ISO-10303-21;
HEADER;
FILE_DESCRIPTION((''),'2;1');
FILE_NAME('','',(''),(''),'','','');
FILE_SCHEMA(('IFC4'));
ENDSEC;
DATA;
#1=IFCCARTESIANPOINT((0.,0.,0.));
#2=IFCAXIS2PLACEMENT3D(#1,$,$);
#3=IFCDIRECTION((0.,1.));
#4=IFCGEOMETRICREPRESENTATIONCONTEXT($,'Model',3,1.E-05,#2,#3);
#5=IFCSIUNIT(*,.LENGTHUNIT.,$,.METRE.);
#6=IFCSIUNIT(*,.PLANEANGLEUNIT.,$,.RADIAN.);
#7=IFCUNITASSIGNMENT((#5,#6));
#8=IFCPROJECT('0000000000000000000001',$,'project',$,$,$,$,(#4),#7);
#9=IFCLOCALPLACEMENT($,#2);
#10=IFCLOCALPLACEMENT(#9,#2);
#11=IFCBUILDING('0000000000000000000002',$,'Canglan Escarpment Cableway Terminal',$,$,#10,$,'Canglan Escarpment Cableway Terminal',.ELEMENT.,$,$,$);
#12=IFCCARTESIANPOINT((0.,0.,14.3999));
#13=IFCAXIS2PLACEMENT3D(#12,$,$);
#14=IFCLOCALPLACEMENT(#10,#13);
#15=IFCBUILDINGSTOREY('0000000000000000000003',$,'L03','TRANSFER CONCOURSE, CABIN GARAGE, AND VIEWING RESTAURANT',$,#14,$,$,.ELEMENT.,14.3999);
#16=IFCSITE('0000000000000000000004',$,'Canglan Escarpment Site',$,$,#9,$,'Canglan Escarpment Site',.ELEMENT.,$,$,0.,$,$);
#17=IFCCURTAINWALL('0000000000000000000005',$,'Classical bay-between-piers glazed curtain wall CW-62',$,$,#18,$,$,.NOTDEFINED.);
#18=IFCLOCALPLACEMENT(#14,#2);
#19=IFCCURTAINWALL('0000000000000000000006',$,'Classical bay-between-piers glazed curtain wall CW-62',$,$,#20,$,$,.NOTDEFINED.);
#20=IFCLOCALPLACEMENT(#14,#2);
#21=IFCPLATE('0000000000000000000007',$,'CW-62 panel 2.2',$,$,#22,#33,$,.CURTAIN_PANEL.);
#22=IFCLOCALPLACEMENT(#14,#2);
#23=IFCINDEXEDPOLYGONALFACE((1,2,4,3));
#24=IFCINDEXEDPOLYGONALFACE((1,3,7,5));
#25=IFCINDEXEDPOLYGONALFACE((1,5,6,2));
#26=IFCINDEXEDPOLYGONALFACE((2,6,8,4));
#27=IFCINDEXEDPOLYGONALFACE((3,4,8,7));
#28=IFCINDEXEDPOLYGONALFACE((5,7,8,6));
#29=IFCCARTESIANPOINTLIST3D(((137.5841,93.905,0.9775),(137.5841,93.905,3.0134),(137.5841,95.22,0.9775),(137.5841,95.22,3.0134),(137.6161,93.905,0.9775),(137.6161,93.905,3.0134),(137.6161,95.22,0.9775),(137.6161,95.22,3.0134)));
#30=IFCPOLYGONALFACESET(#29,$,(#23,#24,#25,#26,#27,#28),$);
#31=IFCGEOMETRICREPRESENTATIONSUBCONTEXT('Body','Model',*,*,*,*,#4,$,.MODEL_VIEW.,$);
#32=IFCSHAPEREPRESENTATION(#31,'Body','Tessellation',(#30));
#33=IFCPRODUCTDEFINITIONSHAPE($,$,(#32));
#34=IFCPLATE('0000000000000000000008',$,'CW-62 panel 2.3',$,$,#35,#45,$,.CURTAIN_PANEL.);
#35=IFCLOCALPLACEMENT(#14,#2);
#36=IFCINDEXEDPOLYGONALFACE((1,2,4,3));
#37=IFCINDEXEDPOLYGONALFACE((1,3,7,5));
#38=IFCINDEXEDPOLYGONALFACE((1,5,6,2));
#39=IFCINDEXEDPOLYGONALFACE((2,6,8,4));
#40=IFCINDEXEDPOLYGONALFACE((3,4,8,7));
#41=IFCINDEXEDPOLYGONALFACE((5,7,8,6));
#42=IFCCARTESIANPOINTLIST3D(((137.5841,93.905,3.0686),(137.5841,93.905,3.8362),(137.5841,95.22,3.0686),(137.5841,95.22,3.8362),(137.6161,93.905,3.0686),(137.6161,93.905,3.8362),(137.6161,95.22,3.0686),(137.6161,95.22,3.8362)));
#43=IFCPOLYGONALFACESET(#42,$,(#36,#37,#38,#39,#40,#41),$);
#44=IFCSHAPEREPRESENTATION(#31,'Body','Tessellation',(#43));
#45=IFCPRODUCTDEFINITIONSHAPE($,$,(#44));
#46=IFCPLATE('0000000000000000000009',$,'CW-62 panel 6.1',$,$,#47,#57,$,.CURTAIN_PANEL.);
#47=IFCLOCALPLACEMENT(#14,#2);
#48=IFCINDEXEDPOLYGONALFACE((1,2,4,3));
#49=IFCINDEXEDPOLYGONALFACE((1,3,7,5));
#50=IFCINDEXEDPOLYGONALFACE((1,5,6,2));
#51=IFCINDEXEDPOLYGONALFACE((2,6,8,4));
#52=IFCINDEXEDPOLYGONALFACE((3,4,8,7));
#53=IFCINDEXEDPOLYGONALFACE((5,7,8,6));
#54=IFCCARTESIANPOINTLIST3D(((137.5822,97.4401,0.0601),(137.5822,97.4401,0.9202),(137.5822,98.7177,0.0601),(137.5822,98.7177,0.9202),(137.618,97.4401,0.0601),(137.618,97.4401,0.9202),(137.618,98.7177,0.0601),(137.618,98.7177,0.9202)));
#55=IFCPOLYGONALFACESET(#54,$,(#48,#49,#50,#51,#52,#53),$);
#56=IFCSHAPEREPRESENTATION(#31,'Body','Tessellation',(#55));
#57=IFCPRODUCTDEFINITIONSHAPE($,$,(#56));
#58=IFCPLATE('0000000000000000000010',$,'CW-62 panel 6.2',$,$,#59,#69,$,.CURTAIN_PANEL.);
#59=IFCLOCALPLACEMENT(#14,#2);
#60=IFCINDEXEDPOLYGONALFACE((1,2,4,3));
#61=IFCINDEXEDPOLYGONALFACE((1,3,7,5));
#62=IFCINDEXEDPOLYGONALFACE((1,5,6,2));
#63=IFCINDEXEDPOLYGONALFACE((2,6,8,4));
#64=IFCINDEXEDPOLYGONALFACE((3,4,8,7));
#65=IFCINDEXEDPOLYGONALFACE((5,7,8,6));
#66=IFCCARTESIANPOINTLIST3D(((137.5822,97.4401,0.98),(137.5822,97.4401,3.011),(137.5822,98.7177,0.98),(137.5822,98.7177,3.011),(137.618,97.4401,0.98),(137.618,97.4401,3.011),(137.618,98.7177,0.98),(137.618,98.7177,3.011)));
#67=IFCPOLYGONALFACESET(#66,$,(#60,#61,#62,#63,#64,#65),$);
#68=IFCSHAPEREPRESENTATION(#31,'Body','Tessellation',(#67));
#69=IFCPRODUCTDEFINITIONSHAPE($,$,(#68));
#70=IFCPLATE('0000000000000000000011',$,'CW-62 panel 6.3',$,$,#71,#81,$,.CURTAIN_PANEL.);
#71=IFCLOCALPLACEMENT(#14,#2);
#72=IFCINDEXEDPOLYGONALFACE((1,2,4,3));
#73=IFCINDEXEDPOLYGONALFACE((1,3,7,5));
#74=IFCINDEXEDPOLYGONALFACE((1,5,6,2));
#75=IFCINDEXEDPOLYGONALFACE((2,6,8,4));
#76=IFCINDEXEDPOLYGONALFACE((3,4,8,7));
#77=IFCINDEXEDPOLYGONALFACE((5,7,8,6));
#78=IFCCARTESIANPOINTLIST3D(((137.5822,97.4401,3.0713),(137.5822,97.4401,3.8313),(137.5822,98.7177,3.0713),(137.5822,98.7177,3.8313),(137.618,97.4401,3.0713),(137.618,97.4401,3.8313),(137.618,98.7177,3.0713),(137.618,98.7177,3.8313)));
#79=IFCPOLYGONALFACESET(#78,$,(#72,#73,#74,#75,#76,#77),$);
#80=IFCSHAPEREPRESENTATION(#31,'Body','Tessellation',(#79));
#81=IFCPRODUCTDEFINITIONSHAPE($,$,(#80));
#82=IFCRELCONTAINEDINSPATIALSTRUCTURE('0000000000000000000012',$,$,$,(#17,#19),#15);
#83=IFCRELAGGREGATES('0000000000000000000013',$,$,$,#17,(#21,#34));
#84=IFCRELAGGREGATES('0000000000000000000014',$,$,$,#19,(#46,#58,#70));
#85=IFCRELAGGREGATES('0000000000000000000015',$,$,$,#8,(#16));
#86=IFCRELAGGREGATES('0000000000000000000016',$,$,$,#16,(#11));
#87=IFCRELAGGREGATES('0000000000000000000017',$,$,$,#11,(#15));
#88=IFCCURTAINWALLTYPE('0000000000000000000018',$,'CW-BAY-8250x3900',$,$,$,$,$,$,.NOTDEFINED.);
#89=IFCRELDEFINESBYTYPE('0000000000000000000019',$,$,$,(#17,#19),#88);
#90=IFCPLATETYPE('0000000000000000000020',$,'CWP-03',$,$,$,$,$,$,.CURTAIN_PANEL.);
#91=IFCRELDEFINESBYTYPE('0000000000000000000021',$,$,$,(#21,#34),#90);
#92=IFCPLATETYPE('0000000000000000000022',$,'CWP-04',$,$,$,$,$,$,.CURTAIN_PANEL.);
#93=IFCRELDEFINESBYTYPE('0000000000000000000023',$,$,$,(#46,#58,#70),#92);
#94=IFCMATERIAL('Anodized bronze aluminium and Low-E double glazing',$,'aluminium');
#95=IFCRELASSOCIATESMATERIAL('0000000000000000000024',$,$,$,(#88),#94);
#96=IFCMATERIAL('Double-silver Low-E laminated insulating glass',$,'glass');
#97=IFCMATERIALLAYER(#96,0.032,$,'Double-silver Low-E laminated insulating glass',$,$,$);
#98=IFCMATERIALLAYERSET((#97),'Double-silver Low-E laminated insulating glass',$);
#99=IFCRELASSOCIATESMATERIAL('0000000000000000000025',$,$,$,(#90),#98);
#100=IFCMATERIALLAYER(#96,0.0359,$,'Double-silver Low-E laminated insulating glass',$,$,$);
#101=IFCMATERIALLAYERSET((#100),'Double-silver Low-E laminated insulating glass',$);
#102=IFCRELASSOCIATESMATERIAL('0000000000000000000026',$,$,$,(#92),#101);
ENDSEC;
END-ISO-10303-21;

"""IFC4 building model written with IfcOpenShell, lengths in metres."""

from ifc_helpers import new_model, si_unit, direction, frame, origin, origin_2d, place, context, subcontext, project, spatial, rectangle, extrude, material, layer, layer_set, type_object, element, aggregate, save


model = new_model("IFC4")

# Units and contexts
model_context = context("Model", 3, precision=1e-05, world=origin(), true_north=direction((0.0, 1.0)))
body_context = subcontext(model_context, "Body", "Model", "MODEL_VIEW")
ifc_project = project(units=[si_unit("LENGTHUNIT", "METRE"), si_unit("PLANEANGLEUNIT", "RADIAN")], contexts=[model_context])

# Site, building, storey
site_placement = place(None, origin())
site = spatial("IfcSite", under=ifc_project, at=site_placement, Name="Canglan Escarpment Site", LongName="Canglan Escarpment Site", CompositionType="ELEMENT", RefElevation=0.0)
building_placement = place(site_placement, origin())
building = spatial("IfcBuilding", under=site, at=building_placement, Name="Canglan Escarpment Cableway Terminal", LongName="Canglan Escarpment Cableway Terminal", CompositionType="ELEMENT")
storey_placement = place(building_placement, frame((0.0, 0.0, 14.3999)))
storey = spatial("IfcBuildingStorey", under=building, at=storey_placement, Name="L03", Description="TRANSFER CONCOURSE, CABIN GARAGE, AND VIEWING RESTAURANT", CompositionType="ELEMENT", Elevation=14.3999)

# Curtain wall
ifc_material_1 = material(Name="Anodized bronze aluminium and Low-E double glazing", Category="aluminium")
curtain_wall_type = type_object("IfcCurtainWallType", Name="CW-BAY-8250x3900", PredefinedType="NOTDEFINED", material=ifc_material_1)
curtain_wall_1_placement = place(storey_placement, origin())
curtain_wall_1 = element("IfcCurtainWall", 1, at=curtain_wall_1_placement, inside=storey, type_object=curtain_wall_type, Name="Classical bay-between-piers glazed curtain wall CW-62", PredefinedType="NOTDEFINED")

# Curtain wall
curtain_wall_2_placement = place(storey_placement, origin())
curtain_wall_2 = element("IfcCurtainWall", 2, at=curtain_wall_2_placement, inside=storey, type_object=curtain_wall_type, Name="Classical bay-between-piers glazed curtain wall CW-62", PredefinedType="NOTDEFINED")

# Plates
ifc_material_2 = material(Name="Double-silver Low-E laminated insulating glass", Category="glass")
ifc_layer_1 = layer(ifc_material_2, 0.032, Name="Double-silver Low-E laminated insulating glass")
ifc_layer_set_1 = layer_set([ifc_layer_1], Name="Double-silver Low-E laminated insulating glass")
plate_type_1 = type_object("IfcPlateType", Name="CWP-03", PredefinedType="CURTAIN_PANEL", material=ifc_layer_set_1)
plate_1_placement = place(storey_placement, frame((137.6001, 94.5625, 0.9775), z_axis=(0.0, 0.0, 1.0), x_axis=(0.0, -1.0, 0.0)))
plate_1 = element("IfcPlate", 3, at=plate_1_placement, type_object=plate_type_1, Name="CW-62 panel 2.2", PredefinedType="CURTAIN_PANEL", context=body_context, shape_type="SweptSolid", body=[
    extrude(rectangle(XDim=1.3149, YDim=0.032, at=origin_2d()), origin(), (0.0, 0.0, 1.0), 2.0359),
])
plate_2_placement = place(storey_placement, frame((137.6001, 94.5625, 3.0686), z_axis=(0.0, 0.0, 1.0), x_axis=(0.0, -1.0, 0.0)))
plate_2 = element("IfcPlate", 4, at=plate_2_placement, type_object=plate_type_1, Name="CW-62 panel 2.3", PredefinedType="CURTAIN_PANEL", context=body_context, shape_type="SweptSolid", body=[
    extrude(rectangle(XDim=1.3149, YDim=0.032, at=origin_2d()), origin(), (0.0, 0.0, 1.0), 0.7676),
])
aggregate(curtain_wall_1, [plate_1, plate_2])
ifc_layer_2 = layer(ifc_material_2, 0.0359, Name="Double-silver Low-E laminated insulating glass")
ifc_layer_set_2 = layer_set([ifc_layer_2], Name="Double-silver Low-E laminated insulating glass")
plate_type_2 = type_object("IfcPlateType", Name="CWP-04", PredefinedType="CURTAIN_PANEL", material=ifc_layer_set_2)
plate_3_placement = place(storey_placement, frame((137.6001, 98.0789, 0.0601), z_axis=(0.0, 0.0, 1.0), x_axis=(0.0, -1.0, 0.0)))
plate_3 = element("IfcPlate", 5, at=plate_3_placement, type_object=plate_type_2, Name="CW-62 panel 6.1", PredefinedType="CURTAIN_PANEL", context=body_context, shape_type="SweptSolid", body=[
    extrude(rectangle(XDim=1.2776, YDim=0.0359, at=origin_2d()), origin(), (0.0, 0.0, 1.0), 0.8601),
])
plate_4_placement = place(storey_placement, frame((137.6001, 98.0789, 0.98), z_axis=(0.0, 0.0, 1.0), x_axis=(0.0, -1.0, 0.0)))
plate_4 = element("IfcPlate", 6, at=plate_4_placement, type_object=plate_type_2, Name="CW-62 panel 6.2", PredefinedType="CURTAIN_PANEL", context=body_context, shape_type="SweptSolid", body=[
    extrude(rectangle(XDim=1.2776, YDim=0.0359, at=origin_2d()), origin(), (0.0, 0.0, 1.0), 2.031),
])
plate_5_placement = place(storey_placement, frame((137.6001, 98.0789, 3.0713), z_axis=(0.0, 0.0, 1.0), x_axis=(0.0, -1.0, 0.0)))
plate_5 = element("IfcPlate", 7, at=plate_5_placement, type_object=plate_type_2, Name="CW-62 panel 6.3", PredefinedType="CURTAIN_PANEL", context=body_context, shape_type="SweptSolid", body=[
    extrude(rectangle(XDim=1.2776, YDim=0.0359, at=origin_2d()), origin(), (0.0, 0.0, 1.0), 0.76),
])
aggregate(curtain_wall_2, [plate_3, plate_4, plate_5])

save(model, "model.ifc")
